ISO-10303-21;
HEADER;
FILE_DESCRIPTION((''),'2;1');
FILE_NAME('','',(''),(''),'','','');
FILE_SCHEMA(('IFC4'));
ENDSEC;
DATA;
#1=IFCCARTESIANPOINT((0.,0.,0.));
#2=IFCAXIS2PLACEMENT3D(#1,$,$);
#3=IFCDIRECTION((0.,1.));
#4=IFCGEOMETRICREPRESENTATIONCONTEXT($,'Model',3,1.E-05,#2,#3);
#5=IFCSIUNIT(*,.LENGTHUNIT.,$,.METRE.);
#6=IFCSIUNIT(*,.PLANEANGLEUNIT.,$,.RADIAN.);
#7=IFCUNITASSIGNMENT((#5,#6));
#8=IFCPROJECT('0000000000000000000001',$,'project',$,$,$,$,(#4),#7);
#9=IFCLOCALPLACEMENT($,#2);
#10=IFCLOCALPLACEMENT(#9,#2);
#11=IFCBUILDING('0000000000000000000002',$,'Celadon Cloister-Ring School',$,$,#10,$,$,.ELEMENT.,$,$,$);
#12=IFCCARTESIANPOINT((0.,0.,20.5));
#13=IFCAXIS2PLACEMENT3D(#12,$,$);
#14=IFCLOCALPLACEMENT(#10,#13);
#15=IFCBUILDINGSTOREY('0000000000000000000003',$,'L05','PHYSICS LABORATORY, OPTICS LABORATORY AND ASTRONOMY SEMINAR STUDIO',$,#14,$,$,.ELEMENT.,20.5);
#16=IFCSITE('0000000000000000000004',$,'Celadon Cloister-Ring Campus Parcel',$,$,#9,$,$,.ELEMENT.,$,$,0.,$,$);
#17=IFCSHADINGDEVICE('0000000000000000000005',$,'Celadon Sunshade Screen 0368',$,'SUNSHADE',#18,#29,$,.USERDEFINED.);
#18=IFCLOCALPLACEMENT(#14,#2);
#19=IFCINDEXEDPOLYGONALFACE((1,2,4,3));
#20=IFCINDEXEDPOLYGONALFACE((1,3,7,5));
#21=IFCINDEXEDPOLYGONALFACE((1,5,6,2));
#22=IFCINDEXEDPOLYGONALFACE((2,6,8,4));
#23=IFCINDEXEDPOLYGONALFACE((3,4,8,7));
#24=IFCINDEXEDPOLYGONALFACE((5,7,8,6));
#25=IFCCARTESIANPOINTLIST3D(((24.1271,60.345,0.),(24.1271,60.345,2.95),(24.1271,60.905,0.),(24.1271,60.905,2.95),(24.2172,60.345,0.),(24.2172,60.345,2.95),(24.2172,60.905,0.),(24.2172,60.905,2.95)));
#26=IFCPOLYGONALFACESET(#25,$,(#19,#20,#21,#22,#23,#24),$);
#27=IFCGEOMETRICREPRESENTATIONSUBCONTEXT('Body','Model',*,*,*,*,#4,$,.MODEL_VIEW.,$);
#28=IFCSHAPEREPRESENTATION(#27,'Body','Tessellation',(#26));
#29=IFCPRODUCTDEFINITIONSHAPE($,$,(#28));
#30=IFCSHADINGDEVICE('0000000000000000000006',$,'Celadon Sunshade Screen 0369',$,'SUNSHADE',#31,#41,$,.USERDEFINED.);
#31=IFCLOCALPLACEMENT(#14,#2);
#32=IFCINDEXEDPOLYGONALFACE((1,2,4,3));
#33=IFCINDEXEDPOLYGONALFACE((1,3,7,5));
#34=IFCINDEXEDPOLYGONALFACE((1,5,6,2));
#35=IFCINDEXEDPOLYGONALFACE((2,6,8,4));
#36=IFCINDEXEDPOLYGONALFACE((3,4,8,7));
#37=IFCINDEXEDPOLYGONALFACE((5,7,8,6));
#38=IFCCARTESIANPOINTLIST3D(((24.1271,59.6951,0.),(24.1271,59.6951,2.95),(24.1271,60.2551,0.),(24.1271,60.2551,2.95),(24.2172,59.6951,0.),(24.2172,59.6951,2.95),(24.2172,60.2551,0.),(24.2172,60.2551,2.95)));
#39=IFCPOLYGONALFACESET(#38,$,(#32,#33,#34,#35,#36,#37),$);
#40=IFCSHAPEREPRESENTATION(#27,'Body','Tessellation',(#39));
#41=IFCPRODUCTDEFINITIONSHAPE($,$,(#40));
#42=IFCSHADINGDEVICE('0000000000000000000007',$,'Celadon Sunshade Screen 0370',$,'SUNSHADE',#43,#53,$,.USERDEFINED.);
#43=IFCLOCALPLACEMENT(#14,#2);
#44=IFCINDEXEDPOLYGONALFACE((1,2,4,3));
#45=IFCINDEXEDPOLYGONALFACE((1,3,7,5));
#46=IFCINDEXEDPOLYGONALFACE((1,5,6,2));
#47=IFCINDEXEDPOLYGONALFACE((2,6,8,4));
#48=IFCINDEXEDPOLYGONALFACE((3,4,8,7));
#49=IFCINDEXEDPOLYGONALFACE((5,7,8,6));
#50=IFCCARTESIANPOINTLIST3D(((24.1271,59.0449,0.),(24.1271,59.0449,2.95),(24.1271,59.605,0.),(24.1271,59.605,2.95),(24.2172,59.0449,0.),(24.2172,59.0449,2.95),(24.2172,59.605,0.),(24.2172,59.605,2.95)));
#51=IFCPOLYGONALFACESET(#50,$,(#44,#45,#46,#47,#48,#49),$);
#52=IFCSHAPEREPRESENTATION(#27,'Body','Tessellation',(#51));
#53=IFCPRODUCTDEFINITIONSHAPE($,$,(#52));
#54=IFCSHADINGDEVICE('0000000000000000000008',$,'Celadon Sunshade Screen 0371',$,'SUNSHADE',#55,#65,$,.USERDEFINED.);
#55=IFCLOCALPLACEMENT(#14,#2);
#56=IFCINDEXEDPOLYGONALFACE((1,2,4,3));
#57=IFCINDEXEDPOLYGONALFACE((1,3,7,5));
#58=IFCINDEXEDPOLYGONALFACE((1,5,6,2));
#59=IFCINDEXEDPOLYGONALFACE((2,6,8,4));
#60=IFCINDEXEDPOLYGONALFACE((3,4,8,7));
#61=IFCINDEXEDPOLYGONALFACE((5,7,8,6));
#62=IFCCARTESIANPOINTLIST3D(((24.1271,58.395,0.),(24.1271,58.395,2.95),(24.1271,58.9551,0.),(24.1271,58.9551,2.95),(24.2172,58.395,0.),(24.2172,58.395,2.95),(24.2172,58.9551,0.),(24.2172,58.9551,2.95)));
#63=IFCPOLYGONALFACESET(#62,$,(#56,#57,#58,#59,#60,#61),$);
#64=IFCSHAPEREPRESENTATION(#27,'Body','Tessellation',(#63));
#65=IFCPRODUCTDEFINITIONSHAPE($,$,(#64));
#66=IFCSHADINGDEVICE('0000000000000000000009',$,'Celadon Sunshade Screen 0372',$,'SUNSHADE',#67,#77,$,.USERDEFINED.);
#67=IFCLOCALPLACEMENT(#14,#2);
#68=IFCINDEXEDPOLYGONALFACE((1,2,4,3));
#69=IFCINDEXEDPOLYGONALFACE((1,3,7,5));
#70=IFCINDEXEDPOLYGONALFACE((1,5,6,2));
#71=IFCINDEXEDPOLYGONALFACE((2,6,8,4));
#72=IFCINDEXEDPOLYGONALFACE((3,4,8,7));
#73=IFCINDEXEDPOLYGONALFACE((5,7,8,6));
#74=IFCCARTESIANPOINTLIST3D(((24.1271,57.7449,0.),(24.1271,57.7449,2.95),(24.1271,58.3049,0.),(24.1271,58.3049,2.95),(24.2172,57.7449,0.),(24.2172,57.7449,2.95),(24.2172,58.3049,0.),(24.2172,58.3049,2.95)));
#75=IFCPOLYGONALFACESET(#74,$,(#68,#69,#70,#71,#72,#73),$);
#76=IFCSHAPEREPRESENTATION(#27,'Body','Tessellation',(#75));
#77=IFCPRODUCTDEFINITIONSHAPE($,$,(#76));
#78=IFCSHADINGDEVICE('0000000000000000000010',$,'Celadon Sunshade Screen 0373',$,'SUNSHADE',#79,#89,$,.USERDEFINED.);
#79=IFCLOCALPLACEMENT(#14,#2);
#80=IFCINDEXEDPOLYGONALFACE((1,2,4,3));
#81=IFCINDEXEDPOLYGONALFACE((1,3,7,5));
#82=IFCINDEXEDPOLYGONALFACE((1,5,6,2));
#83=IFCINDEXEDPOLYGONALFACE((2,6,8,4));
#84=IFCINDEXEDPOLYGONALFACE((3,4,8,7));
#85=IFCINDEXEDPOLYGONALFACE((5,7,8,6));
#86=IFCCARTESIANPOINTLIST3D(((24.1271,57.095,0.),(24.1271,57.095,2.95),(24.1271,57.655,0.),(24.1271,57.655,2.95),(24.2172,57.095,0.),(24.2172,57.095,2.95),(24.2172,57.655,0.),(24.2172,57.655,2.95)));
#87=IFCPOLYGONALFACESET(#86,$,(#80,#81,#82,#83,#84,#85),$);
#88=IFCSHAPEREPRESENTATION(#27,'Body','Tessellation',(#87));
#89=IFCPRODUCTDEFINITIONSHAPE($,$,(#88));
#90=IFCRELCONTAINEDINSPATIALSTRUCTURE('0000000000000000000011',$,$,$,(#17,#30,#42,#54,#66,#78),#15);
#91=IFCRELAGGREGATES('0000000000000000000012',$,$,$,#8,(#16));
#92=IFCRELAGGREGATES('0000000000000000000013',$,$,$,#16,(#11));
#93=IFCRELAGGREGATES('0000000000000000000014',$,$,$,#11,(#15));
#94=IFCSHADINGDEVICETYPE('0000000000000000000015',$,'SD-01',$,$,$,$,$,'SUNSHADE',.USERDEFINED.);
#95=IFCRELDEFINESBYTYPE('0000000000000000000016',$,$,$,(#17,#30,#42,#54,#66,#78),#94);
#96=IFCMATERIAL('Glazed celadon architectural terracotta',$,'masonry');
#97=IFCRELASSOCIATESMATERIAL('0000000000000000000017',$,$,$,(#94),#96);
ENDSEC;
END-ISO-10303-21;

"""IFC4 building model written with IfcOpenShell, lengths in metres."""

from ifc_helpers import new_model, si_unit, direction, frame, origin, origin_2d, place, context, subcontext, project, spatial, rectangle, extrude, material, type_object, element, save


model = new_model("IFC4")

# Units and contexts
model_context = context("Model", 3, precision=1e-05, world=origin(), true_north=direction((0.0, 1.0)))
body_context = subcontext(model_context, "Body", "Model", "MODEL_VIEW")
ifc_project = project(units=[si_unit("LENGTHUNIT", "METRE"), si_unit("PLANEANGLEUNIT", "RADIAN")], contexts=[model_context])

# Site, building, storey
site_placement = place(None, origin())
site = spatial("IfcSite", under=ifc_project, at=site_placement, Name="Celadon Cloister-Ring Campus Parcel", CompositionType="ELEMENT", RefElevation=0.0)
building_placement = place(site_placement, origin())
building = spatial("IfcBuilding", under=site, at=building_placement, Name="Celadon Cloister-Ring School", CompositionType="ELEMENT")
storey_placement = place(building_placement, frame((0.0, 0.0, 20.5)))
storey = spatial("IfcBuildingStorey", under=building, at=storey_placement, Name="L05", Description="PHYSICS LABORATORY, OPTICS LABORATORY AND ASTRONOMY SEMINAR STUDIO", CompositionType="ELEMENT", Elevation=20.5)

# Shading devices
ifc_material_1 = material(Name="Glazed celadon architectural terracotta", Category="masonry")
shading_device_type = type_object("IfcShadingDeviceType", Name="SD-01", ElementType="SUNSHADE", PredefinedType="USERDEFINED", material=ifc_material_1)
for number, where, z_axis, x_axis, name in (
    (1, (24.1721, 60.625, 0.0), (0.0, 0.0, 1.0), (0.0, -1.0, 0.0), "Celadon Sunshade Screen 0368"),
    (2, (24.1721, 59.9751, 0.0), (0.0, 0.0, 1.0), (0.0, -1.0, 0.0), "Celadon Sunshade Screen 0369"),
    (3, (24.1721, 59.325, 0.0), (0.0, 0.0, 1.0), (0.0, -1.0, 0.0), "Celadon Sunshade Screen 0370"),
    (4, (24.1721, 58.675, 0.0), (0.0, 0.0, 1.0), (0.0, -1.0, 0.0), "Celadon Sunshade Screen 0371"),
    (5, (24.1721, 58.0249, 0.0), (0.0, 0.0, 1.0), (0.0, -1.0, 0.0), "Celadon Sunshade Screen 0372"),
    (6, (24.1721, 57.375, 0.0), (0.0, 0.0, 1.0), (0.0, -1.0, 0.0), "Celadon Sunshade Screen 0373"),
):
    element("IfcShadingDevice", number, at=place(storey_placement, frame(where, z_axis=z_axis, x_axis=x_axis)), inside=storey, type_object=shading_device_type, Name=name, ObjectType="SUNSHADE", PredefinedType="USERDEFINED", context=body_context, shape_type="SweptSolid", body=[
        extrude(rectangle(XDim=0.5601, YDim=0.0901, at=origin_2d()), origin(), (0.0, 0.0, 1.0), 2.95),
    ])

save(model, "model.ifc")
